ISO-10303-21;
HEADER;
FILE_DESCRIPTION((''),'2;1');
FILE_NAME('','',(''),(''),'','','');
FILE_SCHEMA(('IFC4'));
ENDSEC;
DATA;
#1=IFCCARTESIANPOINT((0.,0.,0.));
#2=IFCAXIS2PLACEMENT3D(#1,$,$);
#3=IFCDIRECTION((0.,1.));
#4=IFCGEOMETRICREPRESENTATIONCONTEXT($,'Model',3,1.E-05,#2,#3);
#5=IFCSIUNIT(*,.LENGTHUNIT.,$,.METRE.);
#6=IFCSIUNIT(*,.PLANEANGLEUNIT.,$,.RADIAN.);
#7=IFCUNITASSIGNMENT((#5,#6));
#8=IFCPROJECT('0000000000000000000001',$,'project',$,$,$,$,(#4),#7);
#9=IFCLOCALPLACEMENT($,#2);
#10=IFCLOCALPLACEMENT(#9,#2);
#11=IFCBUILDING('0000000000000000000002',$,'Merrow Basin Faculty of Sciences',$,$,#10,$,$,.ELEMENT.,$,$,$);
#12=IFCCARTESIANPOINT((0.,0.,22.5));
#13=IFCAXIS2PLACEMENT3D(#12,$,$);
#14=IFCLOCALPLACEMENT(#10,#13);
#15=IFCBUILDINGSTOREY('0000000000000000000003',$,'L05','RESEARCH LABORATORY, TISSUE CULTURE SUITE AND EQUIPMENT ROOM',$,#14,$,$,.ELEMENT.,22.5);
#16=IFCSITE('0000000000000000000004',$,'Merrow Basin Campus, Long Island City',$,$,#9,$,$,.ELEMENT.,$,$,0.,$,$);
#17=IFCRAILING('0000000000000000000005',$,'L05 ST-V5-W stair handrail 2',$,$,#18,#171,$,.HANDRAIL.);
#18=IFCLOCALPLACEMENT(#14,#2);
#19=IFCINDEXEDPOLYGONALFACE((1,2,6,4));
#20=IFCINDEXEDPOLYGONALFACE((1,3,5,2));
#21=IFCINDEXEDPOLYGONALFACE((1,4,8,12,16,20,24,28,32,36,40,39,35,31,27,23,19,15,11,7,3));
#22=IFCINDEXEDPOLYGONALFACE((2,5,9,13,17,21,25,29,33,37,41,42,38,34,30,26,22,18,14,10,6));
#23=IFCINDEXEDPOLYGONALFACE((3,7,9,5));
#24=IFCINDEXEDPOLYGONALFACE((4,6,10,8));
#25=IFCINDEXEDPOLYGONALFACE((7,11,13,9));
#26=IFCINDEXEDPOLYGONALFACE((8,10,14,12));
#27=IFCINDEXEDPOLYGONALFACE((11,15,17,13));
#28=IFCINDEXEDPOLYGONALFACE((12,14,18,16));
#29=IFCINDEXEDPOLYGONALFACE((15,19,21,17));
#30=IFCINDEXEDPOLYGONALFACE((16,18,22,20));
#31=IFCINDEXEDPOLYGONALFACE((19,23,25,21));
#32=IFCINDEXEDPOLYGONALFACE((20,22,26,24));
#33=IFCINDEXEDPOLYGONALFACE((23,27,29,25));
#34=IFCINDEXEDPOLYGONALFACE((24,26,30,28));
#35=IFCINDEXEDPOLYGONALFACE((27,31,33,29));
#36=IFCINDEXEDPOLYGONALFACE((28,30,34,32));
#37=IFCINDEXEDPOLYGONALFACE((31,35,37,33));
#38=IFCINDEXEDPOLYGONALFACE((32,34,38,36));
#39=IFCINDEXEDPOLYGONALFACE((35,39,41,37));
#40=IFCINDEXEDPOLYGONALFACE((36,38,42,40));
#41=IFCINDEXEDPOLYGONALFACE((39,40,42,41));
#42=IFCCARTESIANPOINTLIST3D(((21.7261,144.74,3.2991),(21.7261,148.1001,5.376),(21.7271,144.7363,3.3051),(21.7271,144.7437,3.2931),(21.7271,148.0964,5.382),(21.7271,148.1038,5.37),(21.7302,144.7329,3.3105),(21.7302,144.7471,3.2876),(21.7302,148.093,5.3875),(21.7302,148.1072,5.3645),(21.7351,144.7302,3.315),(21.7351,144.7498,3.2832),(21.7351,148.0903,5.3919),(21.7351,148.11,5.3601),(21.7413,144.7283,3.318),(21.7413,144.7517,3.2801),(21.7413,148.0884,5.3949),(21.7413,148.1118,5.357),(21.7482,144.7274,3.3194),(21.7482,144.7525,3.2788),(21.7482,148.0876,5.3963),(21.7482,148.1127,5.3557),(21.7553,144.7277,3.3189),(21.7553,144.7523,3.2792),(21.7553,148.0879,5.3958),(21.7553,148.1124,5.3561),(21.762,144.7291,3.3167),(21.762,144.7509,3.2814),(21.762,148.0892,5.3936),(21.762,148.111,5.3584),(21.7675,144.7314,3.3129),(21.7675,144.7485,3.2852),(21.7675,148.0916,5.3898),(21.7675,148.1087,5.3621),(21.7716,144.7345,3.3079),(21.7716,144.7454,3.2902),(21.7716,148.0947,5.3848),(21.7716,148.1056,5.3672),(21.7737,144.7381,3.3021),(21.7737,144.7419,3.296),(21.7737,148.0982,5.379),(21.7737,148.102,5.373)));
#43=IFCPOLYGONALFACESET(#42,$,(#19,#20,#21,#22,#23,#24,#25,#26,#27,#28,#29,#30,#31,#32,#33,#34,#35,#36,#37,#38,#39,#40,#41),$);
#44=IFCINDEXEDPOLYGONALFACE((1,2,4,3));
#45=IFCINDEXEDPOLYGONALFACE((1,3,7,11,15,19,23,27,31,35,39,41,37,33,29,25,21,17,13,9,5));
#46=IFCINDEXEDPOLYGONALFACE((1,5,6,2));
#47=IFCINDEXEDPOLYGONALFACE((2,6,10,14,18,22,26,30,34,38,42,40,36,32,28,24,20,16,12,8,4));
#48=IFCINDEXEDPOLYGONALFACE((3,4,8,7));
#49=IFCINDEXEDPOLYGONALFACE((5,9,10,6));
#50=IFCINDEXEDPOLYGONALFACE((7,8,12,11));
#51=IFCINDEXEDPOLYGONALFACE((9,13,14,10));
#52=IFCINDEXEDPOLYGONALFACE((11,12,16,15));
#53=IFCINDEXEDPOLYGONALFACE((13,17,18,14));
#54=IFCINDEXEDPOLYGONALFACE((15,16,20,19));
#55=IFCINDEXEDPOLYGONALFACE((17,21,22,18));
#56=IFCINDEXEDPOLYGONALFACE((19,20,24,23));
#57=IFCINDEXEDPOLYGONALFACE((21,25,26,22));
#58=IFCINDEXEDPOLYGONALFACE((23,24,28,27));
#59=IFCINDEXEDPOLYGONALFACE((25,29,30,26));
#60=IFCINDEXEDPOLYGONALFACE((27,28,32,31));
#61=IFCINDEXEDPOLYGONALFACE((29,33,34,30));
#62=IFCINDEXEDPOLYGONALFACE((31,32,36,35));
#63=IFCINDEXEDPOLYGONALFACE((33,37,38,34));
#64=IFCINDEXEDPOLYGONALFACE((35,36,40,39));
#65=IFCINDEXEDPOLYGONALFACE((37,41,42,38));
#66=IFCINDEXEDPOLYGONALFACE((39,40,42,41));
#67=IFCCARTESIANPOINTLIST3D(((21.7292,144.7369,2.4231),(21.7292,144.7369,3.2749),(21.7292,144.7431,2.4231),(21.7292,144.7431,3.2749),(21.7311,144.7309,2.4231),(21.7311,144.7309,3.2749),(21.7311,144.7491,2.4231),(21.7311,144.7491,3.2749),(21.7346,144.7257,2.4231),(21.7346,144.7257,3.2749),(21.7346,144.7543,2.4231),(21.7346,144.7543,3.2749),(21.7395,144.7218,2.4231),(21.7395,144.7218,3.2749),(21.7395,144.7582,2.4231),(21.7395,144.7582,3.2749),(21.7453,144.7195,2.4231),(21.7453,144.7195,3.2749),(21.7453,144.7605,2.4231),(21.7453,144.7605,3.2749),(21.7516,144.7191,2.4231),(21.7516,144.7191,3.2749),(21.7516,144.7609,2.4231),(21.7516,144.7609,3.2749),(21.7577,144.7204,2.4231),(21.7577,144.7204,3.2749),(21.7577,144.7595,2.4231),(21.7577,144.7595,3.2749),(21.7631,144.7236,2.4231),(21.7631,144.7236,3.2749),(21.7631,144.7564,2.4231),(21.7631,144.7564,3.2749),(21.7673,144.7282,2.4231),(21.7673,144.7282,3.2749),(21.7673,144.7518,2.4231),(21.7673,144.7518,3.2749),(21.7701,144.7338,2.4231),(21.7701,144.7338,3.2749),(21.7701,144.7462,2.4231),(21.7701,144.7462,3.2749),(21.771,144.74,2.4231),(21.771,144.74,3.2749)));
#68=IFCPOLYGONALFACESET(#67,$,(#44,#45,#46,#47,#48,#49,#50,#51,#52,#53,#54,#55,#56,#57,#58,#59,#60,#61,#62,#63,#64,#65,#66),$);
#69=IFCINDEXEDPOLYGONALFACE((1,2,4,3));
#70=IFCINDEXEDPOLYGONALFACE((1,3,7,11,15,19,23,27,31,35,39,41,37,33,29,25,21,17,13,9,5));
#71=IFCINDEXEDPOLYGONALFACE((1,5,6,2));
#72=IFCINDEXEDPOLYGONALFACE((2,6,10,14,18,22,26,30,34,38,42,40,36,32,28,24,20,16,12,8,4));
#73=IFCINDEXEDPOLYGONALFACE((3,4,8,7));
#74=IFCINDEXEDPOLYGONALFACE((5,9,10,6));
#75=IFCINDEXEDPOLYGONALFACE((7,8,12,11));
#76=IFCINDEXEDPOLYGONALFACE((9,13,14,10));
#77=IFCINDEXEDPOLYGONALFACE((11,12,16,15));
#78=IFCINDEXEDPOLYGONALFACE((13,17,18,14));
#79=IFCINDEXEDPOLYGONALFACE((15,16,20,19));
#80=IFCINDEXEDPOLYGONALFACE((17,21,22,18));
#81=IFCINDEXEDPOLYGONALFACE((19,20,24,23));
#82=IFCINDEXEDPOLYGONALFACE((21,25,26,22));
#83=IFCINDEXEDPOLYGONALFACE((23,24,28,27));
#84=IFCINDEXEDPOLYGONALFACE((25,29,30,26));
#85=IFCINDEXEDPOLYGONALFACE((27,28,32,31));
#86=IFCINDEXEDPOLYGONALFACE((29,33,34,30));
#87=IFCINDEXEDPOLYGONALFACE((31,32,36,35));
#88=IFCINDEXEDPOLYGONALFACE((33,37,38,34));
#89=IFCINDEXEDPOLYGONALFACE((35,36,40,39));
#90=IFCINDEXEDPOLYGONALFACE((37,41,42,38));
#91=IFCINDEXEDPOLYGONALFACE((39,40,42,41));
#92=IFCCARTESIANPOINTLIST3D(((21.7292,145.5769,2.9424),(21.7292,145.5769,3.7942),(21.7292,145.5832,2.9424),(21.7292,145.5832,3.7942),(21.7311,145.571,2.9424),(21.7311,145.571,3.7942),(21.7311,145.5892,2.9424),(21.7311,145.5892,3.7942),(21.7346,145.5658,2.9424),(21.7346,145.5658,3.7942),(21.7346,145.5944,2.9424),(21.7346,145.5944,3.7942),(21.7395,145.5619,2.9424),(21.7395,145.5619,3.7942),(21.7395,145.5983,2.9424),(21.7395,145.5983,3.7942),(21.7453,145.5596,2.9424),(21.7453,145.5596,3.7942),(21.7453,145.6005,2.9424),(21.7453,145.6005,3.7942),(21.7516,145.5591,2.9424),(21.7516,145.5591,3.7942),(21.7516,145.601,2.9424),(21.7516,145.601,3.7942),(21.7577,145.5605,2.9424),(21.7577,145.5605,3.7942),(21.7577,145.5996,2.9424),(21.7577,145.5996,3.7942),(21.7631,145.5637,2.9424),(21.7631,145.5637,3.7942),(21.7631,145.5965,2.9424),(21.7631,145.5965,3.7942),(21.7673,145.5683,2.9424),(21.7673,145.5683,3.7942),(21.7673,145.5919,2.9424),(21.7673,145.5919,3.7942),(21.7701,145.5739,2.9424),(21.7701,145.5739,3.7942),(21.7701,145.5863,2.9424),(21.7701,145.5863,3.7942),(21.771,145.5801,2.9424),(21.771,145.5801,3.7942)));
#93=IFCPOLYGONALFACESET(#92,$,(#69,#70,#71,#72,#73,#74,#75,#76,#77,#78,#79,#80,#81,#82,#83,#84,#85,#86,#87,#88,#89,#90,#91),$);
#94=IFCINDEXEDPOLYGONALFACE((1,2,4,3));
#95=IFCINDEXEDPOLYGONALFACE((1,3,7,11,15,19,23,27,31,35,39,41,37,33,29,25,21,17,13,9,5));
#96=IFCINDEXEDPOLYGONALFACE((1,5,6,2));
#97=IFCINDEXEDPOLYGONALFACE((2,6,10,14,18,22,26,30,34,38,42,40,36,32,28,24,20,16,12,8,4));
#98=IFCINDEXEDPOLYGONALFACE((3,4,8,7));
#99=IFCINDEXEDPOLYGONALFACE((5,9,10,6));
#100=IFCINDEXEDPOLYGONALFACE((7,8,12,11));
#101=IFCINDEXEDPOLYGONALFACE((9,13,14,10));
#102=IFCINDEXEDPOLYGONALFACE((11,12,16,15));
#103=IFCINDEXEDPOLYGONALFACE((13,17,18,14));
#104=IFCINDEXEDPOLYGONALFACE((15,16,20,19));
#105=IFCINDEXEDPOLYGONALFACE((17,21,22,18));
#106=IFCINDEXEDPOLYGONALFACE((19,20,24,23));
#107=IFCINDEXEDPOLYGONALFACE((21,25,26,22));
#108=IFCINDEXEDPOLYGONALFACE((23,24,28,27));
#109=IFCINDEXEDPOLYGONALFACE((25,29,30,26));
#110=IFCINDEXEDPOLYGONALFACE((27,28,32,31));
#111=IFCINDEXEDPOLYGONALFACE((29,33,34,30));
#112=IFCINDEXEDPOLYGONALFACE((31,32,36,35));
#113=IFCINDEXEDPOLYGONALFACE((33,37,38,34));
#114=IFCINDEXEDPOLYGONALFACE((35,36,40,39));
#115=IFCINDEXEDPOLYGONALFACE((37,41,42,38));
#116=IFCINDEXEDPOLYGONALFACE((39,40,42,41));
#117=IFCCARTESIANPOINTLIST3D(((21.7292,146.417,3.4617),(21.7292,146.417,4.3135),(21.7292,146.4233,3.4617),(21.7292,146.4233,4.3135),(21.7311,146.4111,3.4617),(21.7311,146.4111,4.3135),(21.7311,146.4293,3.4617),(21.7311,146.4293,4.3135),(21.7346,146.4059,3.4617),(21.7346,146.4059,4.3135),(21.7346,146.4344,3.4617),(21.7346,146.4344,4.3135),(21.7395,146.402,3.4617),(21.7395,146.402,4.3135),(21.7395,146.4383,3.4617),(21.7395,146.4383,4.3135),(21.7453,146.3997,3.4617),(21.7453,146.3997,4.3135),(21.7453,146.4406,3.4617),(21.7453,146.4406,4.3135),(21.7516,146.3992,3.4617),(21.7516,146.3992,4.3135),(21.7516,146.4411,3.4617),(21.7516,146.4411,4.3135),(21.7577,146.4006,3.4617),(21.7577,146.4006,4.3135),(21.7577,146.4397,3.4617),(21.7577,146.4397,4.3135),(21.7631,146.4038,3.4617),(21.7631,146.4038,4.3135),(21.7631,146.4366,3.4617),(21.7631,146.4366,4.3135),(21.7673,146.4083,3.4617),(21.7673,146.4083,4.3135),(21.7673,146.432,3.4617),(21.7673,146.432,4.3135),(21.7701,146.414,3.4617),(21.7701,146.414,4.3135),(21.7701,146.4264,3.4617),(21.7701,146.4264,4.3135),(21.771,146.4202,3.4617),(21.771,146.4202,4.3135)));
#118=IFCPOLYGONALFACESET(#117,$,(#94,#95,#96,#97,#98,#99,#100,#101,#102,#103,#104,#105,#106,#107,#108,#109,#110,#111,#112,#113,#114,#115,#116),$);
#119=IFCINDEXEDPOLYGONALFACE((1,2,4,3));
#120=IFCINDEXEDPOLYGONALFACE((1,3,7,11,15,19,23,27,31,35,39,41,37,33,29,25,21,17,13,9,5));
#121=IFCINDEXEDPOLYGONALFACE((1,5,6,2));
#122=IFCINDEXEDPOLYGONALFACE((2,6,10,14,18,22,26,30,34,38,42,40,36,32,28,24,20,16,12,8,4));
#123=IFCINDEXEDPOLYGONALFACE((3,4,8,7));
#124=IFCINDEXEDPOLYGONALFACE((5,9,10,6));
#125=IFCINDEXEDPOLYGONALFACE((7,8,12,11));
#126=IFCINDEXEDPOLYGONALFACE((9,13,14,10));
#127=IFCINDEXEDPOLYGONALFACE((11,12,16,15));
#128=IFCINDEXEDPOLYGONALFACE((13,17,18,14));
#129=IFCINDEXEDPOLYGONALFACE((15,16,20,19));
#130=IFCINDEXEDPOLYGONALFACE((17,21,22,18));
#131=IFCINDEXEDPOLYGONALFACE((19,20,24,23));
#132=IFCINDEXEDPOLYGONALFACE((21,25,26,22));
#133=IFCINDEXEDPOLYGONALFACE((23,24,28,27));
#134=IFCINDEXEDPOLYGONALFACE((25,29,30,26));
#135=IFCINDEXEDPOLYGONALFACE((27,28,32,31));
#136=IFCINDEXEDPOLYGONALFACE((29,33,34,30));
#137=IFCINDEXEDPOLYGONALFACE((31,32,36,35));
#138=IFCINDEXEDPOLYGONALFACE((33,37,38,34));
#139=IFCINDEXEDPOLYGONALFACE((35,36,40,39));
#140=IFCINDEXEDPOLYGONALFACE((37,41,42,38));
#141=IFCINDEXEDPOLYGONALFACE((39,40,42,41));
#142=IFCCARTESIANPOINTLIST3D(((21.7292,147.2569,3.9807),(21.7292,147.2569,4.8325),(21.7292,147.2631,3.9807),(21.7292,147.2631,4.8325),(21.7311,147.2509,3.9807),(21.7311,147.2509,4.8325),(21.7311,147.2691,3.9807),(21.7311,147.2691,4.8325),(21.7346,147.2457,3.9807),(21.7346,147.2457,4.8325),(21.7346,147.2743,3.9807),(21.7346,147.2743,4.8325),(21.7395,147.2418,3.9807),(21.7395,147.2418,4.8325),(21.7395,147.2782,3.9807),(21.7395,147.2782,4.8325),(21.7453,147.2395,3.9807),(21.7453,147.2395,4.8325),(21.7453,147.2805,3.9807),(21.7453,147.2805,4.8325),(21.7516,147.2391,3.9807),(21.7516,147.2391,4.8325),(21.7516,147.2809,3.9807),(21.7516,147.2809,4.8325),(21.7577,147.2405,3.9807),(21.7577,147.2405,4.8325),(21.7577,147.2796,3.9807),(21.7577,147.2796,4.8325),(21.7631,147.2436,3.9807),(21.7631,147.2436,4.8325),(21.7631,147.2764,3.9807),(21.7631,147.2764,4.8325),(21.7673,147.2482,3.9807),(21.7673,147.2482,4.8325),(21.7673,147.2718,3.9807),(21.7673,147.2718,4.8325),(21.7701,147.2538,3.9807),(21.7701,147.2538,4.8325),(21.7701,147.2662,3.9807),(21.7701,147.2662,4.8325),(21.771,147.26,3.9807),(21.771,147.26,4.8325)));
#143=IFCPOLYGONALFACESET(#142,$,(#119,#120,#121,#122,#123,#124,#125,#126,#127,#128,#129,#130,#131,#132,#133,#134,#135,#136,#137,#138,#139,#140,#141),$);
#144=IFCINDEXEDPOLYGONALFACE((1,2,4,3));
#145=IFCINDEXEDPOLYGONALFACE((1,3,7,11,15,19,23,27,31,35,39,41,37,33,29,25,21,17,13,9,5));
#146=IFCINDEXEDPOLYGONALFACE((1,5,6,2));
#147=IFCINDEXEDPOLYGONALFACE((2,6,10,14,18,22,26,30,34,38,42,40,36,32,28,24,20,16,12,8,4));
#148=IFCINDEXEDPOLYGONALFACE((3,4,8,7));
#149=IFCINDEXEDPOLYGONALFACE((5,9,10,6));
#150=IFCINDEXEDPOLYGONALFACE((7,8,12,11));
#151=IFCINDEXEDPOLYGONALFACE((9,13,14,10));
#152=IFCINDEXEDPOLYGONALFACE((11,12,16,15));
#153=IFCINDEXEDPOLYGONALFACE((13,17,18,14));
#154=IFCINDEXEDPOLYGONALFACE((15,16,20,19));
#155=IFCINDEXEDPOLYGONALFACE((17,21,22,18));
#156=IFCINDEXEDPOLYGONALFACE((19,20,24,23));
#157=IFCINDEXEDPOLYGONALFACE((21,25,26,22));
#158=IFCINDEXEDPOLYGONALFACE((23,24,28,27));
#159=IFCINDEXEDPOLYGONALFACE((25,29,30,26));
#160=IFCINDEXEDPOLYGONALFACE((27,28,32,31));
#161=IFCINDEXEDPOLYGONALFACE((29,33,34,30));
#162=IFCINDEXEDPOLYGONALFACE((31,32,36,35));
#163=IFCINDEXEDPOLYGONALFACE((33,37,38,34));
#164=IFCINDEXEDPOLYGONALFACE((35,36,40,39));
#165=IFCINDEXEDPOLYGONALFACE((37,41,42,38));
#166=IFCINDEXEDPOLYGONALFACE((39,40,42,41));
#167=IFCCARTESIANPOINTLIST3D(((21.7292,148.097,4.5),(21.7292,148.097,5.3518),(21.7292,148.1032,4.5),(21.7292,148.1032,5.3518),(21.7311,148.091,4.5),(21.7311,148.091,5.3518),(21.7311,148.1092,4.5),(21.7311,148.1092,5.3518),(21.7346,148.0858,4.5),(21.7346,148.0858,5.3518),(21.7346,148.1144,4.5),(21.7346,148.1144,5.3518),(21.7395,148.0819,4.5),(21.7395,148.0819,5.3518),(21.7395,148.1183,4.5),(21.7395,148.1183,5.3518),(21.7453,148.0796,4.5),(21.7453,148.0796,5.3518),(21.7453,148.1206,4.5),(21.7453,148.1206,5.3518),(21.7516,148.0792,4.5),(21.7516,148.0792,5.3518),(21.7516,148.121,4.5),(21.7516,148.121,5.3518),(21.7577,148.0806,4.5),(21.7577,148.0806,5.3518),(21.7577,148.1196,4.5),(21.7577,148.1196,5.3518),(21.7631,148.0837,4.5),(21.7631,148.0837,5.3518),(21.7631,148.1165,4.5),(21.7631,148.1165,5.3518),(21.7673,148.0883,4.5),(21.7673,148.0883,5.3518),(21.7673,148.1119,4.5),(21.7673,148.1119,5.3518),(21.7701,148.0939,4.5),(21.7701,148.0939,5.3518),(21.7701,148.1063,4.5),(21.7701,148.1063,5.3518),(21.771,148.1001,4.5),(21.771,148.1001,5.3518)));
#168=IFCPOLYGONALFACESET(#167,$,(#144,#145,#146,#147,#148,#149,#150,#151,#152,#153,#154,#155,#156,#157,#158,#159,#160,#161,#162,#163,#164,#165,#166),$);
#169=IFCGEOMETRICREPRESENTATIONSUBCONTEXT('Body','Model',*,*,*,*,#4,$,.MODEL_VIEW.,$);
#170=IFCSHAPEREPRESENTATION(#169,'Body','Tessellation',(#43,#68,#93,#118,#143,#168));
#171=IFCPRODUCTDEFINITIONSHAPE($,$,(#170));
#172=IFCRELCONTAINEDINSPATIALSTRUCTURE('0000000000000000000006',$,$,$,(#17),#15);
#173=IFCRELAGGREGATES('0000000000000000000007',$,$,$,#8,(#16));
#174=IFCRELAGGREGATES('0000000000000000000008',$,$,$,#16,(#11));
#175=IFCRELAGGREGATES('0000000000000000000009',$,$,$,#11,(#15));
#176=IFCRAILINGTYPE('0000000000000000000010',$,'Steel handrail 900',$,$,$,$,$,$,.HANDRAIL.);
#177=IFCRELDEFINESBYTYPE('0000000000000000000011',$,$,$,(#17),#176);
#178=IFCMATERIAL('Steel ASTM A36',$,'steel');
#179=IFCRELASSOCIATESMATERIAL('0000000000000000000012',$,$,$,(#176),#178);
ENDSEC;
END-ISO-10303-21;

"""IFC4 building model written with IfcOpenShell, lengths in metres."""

from ifc_helpers import new_model, si_unit, direction, frame, origin, origin_2d, place, context, subcontext, project, spatial, circle, extrude, material, type_object, element, save


model = new_model("IFC4")

# Units and contexts
model_context = context("Model", 3, precision=1e-05, world=origin(), true_north=direction((0.0, 1.0)))
body_context = subcontext(model_context, "Body", "Model", "MODEL_VIEW")
ifc_project = project(units=[si_unit("LENGTHUNIT", "METRE"), si_unit("PLANEANGLEUNIT", "RADIAN")], contexts=[model_context])

# Site, building, storey
site_placement = place(None, origin())
site = spatial("IfcSite", under=ifc_project, at=site_placement, Name="Merrow Basin Campus, Long Island City", CompositionType="ELEMENT", RefElevation=0.0)
building_placement = place(site_placement, origin())
building = spatial("IfcBuilding", under=site, at=building_placement, Name="Merrow Basin Faculty of Sciences", CompositionType="ELEMENT")
storey_placement = place(building_placement, frame((0.0, 0.0, 22.5)))
storey = spatial("IfcBuildingStorey", under=building, at=storey_placement, Name="L05", Description="RESEARCH LABORATORY, TISSUE CULTURE SUITE AND EQUIPMENT ROOM", CompositionType="ELEMENT", Elevation=22.5)

# Railing
ifc_material_1 = material(Name="Steel ASTM A36", Category="steel")
railing_type_1 = type_object("IfcRailingType", Name="Steel handrail 900", PredefinedType="HANDRAIL", material=ifc_material_1)
railing_1_placement = place(storey_placement, frame((21.75, 144.74, 2.4231)))
element("IfcRailing", 1, at=railing_1_placement, inside=storey, type_object=railing_type_1, Name="L05 ST-V5-W stair handrail 2", PredefinedType="HANDRAIL", context=body_context, shape_type="SweptSolid", body=[
    extrude(circle(Radius=0.0239, at=origin_2d()), frame((0.0, 0.0, 0.876), z_axis=(0.0, 0.850623, 0.525776), x_axis=(-1.0, 0.0, 0.0)), (0.0, 0.0, 1.0), 3.9502),
    extrude(circle(Radius=0.021, at=origin_2d()), origin(), (0.0, 0.0, 1.0), 0.8518),
    extrude(circle(Radius=0.021, at=origin_2d()), frame((0.0, 0.8401, 0.5193)), (0.0, 0.0, 1.0), 0.8518),
    extrude(circle(Radius=0.021, at=origin_2d()), frame((0.0, 1.6802, 1.0386)), (0.0, 0.0, 1.0), 0.8518),
    extrude(circle(Radius=0.021, at=origin_2d()), frame((0.0, 2.52, 1.5576)), (0.0, 0.0, 1.0), 0.8518),
    extrude(circle(Radius=0.021, at=origin_2d()), frame((0.0, 3.3601, 2.0769)), (0.0, 0.0, 1.0), 0.8518),
])

save(model, "model.ifc")
